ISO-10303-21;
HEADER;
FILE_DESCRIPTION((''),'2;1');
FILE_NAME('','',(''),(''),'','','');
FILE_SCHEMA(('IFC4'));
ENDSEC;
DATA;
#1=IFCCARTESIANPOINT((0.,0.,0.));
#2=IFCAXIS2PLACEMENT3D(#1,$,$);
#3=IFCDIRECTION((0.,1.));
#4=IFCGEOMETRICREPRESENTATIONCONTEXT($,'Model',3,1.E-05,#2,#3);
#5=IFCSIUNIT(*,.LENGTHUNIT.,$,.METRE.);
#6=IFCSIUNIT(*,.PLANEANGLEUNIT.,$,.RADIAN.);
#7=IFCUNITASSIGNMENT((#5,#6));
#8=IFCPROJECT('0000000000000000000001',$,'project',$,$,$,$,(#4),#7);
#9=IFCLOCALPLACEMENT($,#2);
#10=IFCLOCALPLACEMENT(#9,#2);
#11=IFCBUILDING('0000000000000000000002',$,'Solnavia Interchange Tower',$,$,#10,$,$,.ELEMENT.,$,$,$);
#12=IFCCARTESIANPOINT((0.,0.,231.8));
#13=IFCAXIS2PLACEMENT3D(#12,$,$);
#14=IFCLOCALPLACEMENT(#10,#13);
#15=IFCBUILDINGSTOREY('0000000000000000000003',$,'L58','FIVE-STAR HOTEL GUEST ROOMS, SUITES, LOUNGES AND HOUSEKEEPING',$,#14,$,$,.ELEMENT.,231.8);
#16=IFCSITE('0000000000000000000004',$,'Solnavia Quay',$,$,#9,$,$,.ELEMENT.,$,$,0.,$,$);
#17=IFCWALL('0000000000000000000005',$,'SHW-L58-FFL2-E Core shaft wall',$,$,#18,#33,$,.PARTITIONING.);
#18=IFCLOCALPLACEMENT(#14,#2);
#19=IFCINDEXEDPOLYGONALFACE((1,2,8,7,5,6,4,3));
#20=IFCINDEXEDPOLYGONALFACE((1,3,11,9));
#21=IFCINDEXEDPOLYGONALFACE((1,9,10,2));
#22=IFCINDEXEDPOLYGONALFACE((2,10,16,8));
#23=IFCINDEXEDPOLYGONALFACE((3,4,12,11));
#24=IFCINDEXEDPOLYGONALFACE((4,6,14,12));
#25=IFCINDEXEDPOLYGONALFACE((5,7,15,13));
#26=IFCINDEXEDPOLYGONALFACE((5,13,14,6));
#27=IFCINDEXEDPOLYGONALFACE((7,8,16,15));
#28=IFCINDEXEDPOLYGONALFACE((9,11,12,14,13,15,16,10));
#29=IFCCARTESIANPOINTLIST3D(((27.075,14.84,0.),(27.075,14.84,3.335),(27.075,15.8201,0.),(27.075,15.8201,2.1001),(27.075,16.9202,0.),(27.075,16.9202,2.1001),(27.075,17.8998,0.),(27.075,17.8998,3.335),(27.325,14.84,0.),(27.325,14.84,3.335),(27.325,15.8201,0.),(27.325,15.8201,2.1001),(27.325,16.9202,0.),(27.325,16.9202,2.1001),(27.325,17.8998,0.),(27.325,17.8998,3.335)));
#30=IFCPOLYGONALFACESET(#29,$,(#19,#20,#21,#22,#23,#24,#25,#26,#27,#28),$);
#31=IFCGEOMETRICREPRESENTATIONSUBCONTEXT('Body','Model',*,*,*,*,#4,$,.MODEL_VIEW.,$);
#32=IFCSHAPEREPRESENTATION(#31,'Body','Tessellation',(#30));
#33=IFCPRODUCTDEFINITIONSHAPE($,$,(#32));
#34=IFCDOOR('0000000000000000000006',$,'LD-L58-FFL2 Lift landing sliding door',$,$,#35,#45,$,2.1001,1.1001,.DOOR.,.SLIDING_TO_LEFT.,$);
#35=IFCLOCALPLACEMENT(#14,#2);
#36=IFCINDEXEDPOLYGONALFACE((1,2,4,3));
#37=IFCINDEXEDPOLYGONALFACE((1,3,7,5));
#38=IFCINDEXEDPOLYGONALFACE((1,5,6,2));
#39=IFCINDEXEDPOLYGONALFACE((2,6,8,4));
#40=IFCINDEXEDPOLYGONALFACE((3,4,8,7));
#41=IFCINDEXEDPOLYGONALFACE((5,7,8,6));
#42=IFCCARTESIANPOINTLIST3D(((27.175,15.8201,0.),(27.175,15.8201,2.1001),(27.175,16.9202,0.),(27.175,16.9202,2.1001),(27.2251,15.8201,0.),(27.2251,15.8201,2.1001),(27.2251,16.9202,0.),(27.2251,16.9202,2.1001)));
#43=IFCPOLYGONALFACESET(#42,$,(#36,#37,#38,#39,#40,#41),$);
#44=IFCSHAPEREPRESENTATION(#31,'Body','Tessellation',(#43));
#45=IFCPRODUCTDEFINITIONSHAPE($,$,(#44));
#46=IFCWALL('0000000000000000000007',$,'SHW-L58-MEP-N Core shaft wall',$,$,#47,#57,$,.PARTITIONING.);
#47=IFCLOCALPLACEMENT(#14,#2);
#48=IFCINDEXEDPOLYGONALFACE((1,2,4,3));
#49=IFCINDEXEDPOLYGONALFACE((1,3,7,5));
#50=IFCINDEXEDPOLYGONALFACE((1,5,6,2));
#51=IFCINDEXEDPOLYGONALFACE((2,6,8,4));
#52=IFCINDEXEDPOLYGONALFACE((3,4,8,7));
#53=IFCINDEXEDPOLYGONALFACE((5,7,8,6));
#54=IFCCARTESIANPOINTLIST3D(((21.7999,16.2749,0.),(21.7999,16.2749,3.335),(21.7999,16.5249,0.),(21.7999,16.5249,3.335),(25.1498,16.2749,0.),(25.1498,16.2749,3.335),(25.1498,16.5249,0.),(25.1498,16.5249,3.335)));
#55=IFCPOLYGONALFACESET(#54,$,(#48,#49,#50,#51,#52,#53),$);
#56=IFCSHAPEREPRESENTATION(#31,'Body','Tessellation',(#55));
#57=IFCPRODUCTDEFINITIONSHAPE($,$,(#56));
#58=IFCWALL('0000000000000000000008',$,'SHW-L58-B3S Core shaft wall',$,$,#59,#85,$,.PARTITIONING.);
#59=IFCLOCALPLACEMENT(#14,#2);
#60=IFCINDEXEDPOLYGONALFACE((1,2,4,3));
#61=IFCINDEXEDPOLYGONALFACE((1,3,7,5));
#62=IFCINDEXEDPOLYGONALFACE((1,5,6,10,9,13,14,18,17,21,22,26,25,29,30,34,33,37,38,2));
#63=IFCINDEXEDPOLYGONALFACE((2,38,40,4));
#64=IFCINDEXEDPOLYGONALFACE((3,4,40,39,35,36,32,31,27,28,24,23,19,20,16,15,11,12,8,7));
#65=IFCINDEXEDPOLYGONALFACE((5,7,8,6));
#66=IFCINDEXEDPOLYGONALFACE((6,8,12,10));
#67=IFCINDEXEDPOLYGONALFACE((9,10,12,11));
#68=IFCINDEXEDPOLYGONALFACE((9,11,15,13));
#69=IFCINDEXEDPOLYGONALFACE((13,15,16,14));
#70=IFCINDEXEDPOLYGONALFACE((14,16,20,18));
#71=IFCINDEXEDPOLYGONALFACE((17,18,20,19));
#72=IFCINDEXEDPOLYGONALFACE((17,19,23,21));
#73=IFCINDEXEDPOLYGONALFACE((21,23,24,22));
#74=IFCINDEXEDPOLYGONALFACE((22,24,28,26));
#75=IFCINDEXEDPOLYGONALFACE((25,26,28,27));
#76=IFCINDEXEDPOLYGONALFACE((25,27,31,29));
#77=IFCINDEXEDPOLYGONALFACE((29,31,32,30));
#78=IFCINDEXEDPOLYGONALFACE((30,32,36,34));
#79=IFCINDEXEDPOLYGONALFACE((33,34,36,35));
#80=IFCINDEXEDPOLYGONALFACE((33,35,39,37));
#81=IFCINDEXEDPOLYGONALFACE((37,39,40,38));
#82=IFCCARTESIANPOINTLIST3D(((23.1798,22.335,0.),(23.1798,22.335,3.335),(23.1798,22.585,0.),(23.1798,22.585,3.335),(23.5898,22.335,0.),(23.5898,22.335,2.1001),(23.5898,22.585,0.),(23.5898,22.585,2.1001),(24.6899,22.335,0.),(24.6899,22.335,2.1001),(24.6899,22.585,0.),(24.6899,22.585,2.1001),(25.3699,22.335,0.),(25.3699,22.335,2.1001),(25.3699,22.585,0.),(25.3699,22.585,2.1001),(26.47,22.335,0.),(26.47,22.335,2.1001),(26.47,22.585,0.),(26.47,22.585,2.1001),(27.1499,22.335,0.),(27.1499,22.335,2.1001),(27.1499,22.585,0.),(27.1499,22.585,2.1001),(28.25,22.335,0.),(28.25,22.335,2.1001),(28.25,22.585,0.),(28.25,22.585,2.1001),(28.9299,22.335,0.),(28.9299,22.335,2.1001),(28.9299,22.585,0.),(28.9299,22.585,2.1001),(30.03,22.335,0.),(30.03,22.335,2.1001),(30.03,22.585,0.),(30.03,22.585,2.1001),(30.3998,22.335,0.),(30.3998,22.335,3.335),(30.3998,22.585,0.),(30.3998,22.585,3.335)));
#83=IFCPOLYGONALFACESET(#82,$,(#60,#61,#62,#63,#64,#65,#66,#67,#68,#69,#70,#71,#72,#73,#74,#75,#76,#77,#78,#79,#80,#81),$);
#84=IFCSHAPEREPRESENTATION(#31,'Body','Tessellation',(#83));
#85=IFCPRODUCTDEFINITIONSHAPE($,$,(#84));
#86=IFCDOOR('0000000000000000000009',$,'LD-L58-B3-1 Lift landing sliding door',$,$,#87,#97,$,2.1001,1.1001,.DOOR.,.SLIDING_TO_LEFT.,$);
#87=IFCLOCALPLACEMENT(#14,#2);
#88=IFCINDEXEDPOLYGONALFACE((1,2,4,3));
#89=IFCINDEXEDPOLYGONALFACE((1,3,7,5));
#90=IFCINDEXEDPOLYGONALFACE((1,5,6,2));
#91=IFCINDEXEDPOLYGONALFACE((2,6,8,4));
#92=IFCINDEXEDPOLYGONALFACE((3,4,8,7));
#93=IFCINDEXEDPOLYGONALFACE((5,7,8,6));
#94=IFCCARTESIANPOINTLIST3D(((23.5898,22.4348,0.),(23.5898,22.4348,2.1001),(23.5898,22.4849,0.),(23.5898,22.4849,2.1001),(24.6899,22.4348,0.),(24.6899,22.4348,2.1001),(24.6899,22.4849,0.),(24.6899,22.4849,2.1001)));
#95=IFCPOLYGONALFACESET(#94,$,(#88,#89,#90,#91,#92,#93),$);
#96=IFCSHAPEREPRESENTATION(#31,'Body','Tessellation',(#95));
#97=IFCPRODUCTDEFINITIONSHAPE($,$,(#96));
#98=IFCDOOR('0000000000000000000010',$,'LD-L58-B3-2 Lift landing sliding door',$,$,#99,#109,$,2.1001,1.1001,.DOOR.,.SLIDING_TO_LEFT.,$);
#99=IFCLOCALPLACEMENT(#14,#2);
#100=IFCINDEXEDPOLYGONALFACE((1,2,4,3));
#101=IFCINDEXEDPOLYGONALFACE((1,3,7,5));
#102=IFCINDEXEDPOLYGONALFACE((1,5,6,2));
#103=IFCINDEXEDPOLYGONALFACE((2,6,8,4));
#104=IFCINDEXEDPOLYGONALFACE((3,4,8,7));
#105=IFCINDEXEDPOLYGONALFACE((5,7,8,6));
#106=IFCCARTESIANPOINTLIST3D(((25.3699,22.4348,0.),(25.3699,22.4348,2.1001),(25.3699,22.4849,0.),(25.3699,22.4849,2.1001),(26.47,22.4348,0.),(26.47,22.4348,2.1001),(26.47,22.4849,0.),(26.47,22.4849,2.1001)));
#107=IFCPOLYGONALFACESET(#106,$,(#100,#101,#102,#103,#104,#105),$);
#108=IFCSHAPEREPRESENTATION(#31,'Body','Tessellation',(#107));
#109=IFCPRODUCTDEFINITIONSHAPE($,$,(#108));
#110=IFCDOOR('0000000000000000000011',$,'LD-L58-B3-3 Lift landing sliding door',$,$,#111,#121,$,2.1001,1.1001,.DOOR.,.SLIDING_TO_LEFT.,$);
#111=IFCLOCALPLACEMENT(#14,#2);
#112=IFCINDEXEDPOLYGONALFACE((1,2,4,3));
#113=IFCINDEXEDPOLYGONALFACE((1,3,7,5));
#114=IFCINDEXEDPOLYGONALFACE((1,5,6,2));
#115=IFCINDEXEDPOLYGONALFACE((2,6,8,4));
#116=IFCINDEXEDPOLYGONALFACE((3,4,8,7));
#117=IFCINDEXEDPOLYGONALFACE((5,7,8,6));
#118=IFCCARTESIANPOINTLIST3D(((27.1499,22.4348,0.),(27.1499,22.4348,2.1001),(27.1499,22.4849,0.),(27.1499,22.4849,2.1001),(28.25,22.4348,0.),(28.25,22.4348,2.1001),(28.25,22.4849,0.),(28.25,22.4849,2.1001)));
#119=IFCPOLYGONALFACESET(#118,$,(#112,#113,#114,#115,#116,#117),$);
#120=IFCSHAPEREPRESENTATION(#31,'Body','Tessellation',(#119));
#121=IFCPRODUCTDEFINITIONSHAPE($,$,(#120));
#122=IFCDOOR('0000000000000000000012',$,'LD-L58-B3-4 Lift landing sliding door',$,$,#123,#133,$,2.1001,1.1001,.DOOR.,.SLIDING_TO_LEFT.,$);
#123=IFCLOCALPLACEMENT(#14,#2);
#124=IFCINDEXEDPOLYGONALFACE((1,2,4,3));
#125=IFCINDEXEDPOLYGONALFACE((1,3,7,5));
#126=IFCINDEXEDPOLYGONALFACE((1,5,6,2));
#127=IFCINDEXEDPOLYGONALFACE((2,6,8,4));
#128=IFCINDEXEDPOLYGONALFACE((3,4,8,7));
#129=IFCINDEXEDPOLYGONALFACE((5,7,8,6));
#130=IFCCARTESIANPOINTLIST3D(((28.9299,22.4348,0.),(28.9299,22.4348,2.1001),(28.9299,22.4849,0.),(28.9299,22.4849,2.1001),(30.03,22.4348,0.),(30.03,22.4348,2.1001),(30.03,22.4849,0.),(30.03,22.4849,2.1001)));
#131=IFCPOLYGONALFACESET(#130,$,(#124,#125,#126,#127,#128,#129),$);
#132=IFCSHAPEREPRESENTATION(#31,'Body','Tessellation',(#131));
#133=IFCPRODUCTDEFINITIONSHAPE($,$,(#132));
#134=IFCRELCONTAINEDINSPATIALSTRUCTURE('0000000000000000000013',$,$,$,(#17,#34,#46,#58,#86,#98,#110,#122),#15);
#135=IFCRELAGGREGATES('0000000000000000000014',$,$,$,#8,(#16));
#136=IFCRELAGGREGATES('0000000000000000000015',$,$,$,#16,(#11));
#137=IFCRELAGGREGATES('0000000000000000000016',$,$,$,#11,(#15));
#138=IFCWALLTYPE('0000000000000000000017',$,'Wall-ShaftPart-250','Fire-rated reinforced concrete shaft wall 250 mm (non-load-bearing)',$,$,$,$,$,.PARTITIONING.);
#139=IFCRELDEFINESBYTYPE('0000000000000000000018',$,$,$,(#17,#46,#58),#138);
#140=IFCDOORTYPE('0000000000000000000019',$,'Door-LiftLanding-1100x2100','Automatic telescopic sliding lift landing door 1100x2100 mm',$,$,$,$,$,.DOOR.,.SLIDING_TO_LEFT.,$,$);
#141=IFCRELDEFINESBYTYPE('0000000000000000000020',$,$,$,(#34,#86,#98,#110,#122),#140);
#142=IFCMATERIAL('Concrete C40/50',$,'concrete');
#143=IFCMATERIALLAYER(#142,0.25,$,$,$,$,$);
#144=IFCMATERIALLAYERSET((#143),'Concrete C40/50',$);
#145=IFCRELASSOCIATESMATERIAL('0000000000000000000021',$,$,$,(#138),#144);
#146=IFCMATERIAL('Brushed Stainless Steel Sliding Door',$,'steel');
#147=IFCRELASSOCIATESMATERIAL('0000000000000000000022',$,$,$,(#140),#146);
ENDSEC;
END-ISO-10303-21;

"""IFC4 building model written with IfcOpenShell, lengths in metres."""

from ifc_helpers import new_model, si_unit, direction, frame, frame_2d, origin, place, context, subcontext, project, spatial, rectangle, extrude, material, layer, layer_set, type_object, element, fill, save


model = new_model("IFC4")

# Units and contexts
model_context = context("Model", 3, precision=1e-05, world=origin(), true_north=direction((0.0, 1.0)))
body_context = subcontext(model_context, "Body", "Model", "MODEL_VIEW")
ifc_project = project(units=[si_unit("LENGTHUNIT", "METRE"), si_unit("PLANEANGLEUNIT", "RADIAN")], contexts=[model_context])

# Site, building, storey
site_placement = place(None, origin())
site = spatial("IfcSite", under=ifc_project, at=site_placement, Name="Solnavia Quay", CompositionType="ELEMENT", RefElevation=0.0)
building_placement = place(site_placement, origin())
building = spatial("IfcBuilding", under=site, at=building_placement, Name="Solnavia Interchange Tower", CompositionType="ELEMENT")
storey_placement = place(building_placement, frame((0.0, 0.0, 231.8)))
storey = spatial("IfcBuildingStorey", under=building, at=storey_placement, Name="L58", Description="FIVE-STAR HOTEL GUEST ROOMS, SUITES, LOUNGES AND HOUSEKEEPING", CompositionType="ELEMENT", Elevation=231.8)

# Shared definitions
ifc_material_1 = material(Name="Concrete C40/50", Category="concrete")

# Shared definitions
ifc_layer_1 = layer(ifc_material_1, 0.25)
ifc_layer_set_1 = layer_set([ifc_layer_1], Name="Concrete C40/50")
wall_type_1 = type_object("IfcWallType", Name="Wall-ShaftPart-250", Description="Fire-rated reinforced concrete shaft wall 250 mm (non-load-bearing)", PredefinedType="PARTITIONING", material=ifc_layer_set_1)

# Wall, opening, door
wall_1_placement = place(storey_placement, frame((27.2, 14.8401, 0.0), z_axis=(0.0, 0.0, 1.0), x_axis=(0.0, 1.0, 0.0)))
wall_1 = element("IfcWall", 1, at=wall_1_placement, inside=storey, type_object=wall_type_1, Name="SHW-L58-FFL2-E Core shaft wall", PredefinedType="PARTITIONING", context=body_context, shape_type="SweptSolid", body=[
    extrude(rectangle(XDim=3.0598, YDim=0.25, at=frame_2d((1.5298, 0.0))), origin(), (0.0, 0.0, 1.0), 3.335),
])
opening_1_placement = place(wall_1_placement, frame((0.98, 0.0, 0.0)))
opening_1 = element("IfcOpeningElement", 2, at=opening_1_placement, cuts=wall_1, PredefinedType="OPENING", context=body_context, shape_type="SweptSolid", body=[
    extrude(rectangle(XDim=1.1001, YDim=2.1001, at=frame_2d((0.55, 1.05))), frame((0.0, 0.135, 0.0), z_axis=(0.0, -1.0, 0.0), x_axis=(1.0, 0.0, 0.0)), (0.0, 0.0, 1.0), 0.27),
])
ifc_material_2 = material(Name="Brushed Stainless Steel Sliding Door", Category="steel")
door_type_1 = type_object("IfcDoorType", Name="Door-LiftLanding-1100x2100", Description="Automatic telescopic sliding lift landing door 1100x2100 mm", OperationType="SLIDING_TO_LEFT", PredefinedType="DOOR", material=ifc_material_2)
door_1_placement = place(opening_1_placement, origin())
door_1 = element("IfcDoor", 3, at=door_1_placement, inside=storey, type_object=door_type_1, Name="LD-L58-FFL2 Lift landing sliding door", OperationType="SLIDING_TO_LEFT", OverallHeight=2.1001, OverallWidth=1.1001, PredefinedType="DOOR", context=body_context, shape_type="SweptSolid", body=[
    extrude(rectangle(XDim=1.1001, YDim=2.1001, at=frame_2d((0.55, 1.05))), frame((0.0, 0.0249, 0.0), z_axis=(0.0, -1.0, 0.0), x_axis=(1.0, 0.0, 0.0)), (0.0, 0.0, 1.0), 0.05),
])
fill(opening_1, door_1)

# Wall
wall_2_placement = place(storey_placement, frame((21.8, 16.3999, 0.0), z_axis=(0.0, 0.0, 1.0), x_axis=(1.0, 0.0, 0.0)))
element("IfcWall", 4, at=wall_2_placement, inside=storey, type_object=wall_type_1, Name="SHW-L58-MEP-N Core shaft wall", PredefinedType="PARTITIONING", context=body_context, shape_type="SweptSolid", body=[
    extrude(rectangle(XDim=3.3499, YDim=0.25, at=frame_2d((1.6748, 0.0))), origin(), (0.0, 0.0, 1.0), 3.335),
])

# Wall, openings, doors
wall_3_placement = place(storey_placement, frame((23.1799, 22.46, 0.0), z_axis=(0.0, 0.0, 1.0), x_axis=(1.0, 0.0, 0.0)))
wall_3 = element("IfcWall", 5, at=wall_3_placement, inside=storey, type_object=wall_type_1, Name="SHW-L58-B3S Core shaft wall", PredefinedType="PARTITIONING", context=body_context, shape_type="SweptSolid", body=[
    extrude(rectangle(XDim=7.22, YDim=0.25, at=frame_2d((3.6099, 0.0))), origin(), (0.0, 0.0, 1.0), 3.335),
])
opening_2_placement = place(wall_3_placement, frame((0.4099, 0.0, 0.0)))
opening_2 = element("IfcOpeningElement", 6, at=opening_2_placement, cuts=wall_3, PredefinedType="OPENING", context=body_context, shape_type="SweptSolid", body=[
    extrude(rectangle(XDim=1.1001, YDim=2.1001, at=frame_2d((0.55, 1.05))), frame((0.0, 0.135, 0.0), z_axis=(0.0, -1.0, 0.0), x_axis=(1.0, 0.0, 0.0)), (0.0, 0.0, 1.0), 0.27),
])
opening_3_placement = place(wall_3_placement, frame((2.1899, 0.0, 0.0)))
opening_3 = element("IfcOpeningElement", 7, at=opening_3_placement, cuts=wall_3, PredefinedType="OPENING", context=body_context, shape_type="SweptSolid", body=[
    extrude(rectangle(XDim=1.1001, YDim=2.1001, at=frame_2d((0.55, 1.05))), frame((0.0, 0.135, 0.0), z_axis=(0.0, -1.0, 0.0), x_axis=(1.0, 0.0, 0.0)), (0.0, 0.0, 1.0), 0.27),
])
opening_4_placement = place(wall_3_placement, frame((3.97, 0.0, 0.0)))
opening_4 = element("IfcOpeningElement", 8, at=opening_4_placement, cuts=wall_3, PredefinedType="OPENING", context=body_context, shape_type="SweptSolid", body=[
    extrude(rectangle(XDim=1.1001, YDim=2.1001, at=frame_2d((0.55, 1.05))), frame((0.0, 0.135, 0.0), z_axis=(0.0, -1.0, 0.0), x_axis=(1.0, 0.0, 0.0)), (0.0, 0.0, 1.0), 0.27),
])
opening_5_placement = place(wall_3_placement, frame((5.75, 0.0, 0.0)))
opening_5 = element("IfcOpeningElement", 9, at=opening_5_placement, cuts=wall_3, PredefinedType="OPENING", context=body_context, shape_type="SweptSolid", body=[
    extrude(rectangle(XDim=1.1001, YDim=2.1001, at=frame_2d((0.55, 1.05))), frame((0.0, 0.135, 0.0), z_axis=(0.0, -1.0, 0.0), x_axis=(1.0, 0.0, 0.0)), (0.0, 0.0, 1.0), 0.27),
])
door_2_placement = place(opening_2_placement, origin())
door_2 = element("IfcDoor", 10, at=door_2_placement, inside=storey, type_object=door_type_1, Name="LD-L58-B3-1 Lift landing sliding door", OperationType="SLIDING_TO_LEFT", OverallHeight=2.1001, OverallWidth=1.1001, PredefinedType="DOOR", context=body_context, shape_type="SweptSolid", body=[
    extrude(rectangle(XDim=1.1001, YDim=2.1001, at=frame_2d((0.55, 1.05))), frame((0.0, 0.0249, 0.0), z_axis=(0.0, -1.0, 0.0), x_axis=(1.0, 0.0, 0.0)), (0.0, 0.0, 1.0), 0.05),
])
fill(opening_2, door_2)
door_3_placement = place(opening_3_placement, origin())
door_3 = element("IfcDoor", 11, at=door_3_placement, inside=storey, type_object=door_type_1, Name="LD-L58-B3-2 Lift landing sliding door", OperationType="SLIDING_TO_LEFT", OverallHeight=2.1001, OverallWidth=1.1001, PredefinedType="DOOR", context=body_context, shape_type="SweptSolid", body=[
    extrude(rectangle(XDim=1.1001, YDim=2.1001, at=frame_2d((0.55, 1.05))), frame((0.0, 0.0249, 0.0), z_axis=(0.0, -1.0, 0.0), x_axis=(1.0, 0.0, 0.0)), (0.0, 0.0, 1.0), 0.05),
])
fill(opening_3, door_3)
door_4_placement = place(opening_4_placement, origin())
door_4 = element("IfcDoor", 12, at=door_4_placement, inside=storey, type_object=door_type_1, Name="LD-L58-B3-3 Lift landing sliding door", OperationType="SLIDING_TO_LEFT", OverallHeight=2.1001, OverallWidth=1.1001, PredefinedType="DOOR", context=body_context, shape_type="SweptSolid", body=[
    extrude(rectangle(XDim=1.1001, YDim=2.1001, at=frame_2d((0.55, 1.05))), frame((0.0, 0.0249, 0.0), z_axis=(0.0, -1.0, 0.0), x_axis=(1.0, 0.0, 0.0)), (0.0, 0.0, 1.0), 0.05),
])
fill(opening_4, door_4)
door_5_placement = place(opening_5_placement, origin())
door_5 = element("IfcDoor", 13, at=door_5_placement, inside=storey, type_object=door_type_1, Name="LD-L58-B3-4 Lift landing sliding door", OperationType="SLIDING_TO_LEFT", OverallHeight=2.1001, OverallWidth=1.1001, PredefinedType="DOOR", context=body_context, shape_type="SweptSolid", body=[
    extrude(rectangle(XDim=1.1001, YDim=2.1001, at=frame_2d((0.55, 1.05))), frame((0.0, 0.0249, 0.0), z_axis=(0.0, -1.0, 0.0), x_axis=(1.0, 0.0, 0.0)), (0.0, 0.0, 1.0), 0.05),
])
fill(opening_5, door_5)

save(model, "model.ifc")
